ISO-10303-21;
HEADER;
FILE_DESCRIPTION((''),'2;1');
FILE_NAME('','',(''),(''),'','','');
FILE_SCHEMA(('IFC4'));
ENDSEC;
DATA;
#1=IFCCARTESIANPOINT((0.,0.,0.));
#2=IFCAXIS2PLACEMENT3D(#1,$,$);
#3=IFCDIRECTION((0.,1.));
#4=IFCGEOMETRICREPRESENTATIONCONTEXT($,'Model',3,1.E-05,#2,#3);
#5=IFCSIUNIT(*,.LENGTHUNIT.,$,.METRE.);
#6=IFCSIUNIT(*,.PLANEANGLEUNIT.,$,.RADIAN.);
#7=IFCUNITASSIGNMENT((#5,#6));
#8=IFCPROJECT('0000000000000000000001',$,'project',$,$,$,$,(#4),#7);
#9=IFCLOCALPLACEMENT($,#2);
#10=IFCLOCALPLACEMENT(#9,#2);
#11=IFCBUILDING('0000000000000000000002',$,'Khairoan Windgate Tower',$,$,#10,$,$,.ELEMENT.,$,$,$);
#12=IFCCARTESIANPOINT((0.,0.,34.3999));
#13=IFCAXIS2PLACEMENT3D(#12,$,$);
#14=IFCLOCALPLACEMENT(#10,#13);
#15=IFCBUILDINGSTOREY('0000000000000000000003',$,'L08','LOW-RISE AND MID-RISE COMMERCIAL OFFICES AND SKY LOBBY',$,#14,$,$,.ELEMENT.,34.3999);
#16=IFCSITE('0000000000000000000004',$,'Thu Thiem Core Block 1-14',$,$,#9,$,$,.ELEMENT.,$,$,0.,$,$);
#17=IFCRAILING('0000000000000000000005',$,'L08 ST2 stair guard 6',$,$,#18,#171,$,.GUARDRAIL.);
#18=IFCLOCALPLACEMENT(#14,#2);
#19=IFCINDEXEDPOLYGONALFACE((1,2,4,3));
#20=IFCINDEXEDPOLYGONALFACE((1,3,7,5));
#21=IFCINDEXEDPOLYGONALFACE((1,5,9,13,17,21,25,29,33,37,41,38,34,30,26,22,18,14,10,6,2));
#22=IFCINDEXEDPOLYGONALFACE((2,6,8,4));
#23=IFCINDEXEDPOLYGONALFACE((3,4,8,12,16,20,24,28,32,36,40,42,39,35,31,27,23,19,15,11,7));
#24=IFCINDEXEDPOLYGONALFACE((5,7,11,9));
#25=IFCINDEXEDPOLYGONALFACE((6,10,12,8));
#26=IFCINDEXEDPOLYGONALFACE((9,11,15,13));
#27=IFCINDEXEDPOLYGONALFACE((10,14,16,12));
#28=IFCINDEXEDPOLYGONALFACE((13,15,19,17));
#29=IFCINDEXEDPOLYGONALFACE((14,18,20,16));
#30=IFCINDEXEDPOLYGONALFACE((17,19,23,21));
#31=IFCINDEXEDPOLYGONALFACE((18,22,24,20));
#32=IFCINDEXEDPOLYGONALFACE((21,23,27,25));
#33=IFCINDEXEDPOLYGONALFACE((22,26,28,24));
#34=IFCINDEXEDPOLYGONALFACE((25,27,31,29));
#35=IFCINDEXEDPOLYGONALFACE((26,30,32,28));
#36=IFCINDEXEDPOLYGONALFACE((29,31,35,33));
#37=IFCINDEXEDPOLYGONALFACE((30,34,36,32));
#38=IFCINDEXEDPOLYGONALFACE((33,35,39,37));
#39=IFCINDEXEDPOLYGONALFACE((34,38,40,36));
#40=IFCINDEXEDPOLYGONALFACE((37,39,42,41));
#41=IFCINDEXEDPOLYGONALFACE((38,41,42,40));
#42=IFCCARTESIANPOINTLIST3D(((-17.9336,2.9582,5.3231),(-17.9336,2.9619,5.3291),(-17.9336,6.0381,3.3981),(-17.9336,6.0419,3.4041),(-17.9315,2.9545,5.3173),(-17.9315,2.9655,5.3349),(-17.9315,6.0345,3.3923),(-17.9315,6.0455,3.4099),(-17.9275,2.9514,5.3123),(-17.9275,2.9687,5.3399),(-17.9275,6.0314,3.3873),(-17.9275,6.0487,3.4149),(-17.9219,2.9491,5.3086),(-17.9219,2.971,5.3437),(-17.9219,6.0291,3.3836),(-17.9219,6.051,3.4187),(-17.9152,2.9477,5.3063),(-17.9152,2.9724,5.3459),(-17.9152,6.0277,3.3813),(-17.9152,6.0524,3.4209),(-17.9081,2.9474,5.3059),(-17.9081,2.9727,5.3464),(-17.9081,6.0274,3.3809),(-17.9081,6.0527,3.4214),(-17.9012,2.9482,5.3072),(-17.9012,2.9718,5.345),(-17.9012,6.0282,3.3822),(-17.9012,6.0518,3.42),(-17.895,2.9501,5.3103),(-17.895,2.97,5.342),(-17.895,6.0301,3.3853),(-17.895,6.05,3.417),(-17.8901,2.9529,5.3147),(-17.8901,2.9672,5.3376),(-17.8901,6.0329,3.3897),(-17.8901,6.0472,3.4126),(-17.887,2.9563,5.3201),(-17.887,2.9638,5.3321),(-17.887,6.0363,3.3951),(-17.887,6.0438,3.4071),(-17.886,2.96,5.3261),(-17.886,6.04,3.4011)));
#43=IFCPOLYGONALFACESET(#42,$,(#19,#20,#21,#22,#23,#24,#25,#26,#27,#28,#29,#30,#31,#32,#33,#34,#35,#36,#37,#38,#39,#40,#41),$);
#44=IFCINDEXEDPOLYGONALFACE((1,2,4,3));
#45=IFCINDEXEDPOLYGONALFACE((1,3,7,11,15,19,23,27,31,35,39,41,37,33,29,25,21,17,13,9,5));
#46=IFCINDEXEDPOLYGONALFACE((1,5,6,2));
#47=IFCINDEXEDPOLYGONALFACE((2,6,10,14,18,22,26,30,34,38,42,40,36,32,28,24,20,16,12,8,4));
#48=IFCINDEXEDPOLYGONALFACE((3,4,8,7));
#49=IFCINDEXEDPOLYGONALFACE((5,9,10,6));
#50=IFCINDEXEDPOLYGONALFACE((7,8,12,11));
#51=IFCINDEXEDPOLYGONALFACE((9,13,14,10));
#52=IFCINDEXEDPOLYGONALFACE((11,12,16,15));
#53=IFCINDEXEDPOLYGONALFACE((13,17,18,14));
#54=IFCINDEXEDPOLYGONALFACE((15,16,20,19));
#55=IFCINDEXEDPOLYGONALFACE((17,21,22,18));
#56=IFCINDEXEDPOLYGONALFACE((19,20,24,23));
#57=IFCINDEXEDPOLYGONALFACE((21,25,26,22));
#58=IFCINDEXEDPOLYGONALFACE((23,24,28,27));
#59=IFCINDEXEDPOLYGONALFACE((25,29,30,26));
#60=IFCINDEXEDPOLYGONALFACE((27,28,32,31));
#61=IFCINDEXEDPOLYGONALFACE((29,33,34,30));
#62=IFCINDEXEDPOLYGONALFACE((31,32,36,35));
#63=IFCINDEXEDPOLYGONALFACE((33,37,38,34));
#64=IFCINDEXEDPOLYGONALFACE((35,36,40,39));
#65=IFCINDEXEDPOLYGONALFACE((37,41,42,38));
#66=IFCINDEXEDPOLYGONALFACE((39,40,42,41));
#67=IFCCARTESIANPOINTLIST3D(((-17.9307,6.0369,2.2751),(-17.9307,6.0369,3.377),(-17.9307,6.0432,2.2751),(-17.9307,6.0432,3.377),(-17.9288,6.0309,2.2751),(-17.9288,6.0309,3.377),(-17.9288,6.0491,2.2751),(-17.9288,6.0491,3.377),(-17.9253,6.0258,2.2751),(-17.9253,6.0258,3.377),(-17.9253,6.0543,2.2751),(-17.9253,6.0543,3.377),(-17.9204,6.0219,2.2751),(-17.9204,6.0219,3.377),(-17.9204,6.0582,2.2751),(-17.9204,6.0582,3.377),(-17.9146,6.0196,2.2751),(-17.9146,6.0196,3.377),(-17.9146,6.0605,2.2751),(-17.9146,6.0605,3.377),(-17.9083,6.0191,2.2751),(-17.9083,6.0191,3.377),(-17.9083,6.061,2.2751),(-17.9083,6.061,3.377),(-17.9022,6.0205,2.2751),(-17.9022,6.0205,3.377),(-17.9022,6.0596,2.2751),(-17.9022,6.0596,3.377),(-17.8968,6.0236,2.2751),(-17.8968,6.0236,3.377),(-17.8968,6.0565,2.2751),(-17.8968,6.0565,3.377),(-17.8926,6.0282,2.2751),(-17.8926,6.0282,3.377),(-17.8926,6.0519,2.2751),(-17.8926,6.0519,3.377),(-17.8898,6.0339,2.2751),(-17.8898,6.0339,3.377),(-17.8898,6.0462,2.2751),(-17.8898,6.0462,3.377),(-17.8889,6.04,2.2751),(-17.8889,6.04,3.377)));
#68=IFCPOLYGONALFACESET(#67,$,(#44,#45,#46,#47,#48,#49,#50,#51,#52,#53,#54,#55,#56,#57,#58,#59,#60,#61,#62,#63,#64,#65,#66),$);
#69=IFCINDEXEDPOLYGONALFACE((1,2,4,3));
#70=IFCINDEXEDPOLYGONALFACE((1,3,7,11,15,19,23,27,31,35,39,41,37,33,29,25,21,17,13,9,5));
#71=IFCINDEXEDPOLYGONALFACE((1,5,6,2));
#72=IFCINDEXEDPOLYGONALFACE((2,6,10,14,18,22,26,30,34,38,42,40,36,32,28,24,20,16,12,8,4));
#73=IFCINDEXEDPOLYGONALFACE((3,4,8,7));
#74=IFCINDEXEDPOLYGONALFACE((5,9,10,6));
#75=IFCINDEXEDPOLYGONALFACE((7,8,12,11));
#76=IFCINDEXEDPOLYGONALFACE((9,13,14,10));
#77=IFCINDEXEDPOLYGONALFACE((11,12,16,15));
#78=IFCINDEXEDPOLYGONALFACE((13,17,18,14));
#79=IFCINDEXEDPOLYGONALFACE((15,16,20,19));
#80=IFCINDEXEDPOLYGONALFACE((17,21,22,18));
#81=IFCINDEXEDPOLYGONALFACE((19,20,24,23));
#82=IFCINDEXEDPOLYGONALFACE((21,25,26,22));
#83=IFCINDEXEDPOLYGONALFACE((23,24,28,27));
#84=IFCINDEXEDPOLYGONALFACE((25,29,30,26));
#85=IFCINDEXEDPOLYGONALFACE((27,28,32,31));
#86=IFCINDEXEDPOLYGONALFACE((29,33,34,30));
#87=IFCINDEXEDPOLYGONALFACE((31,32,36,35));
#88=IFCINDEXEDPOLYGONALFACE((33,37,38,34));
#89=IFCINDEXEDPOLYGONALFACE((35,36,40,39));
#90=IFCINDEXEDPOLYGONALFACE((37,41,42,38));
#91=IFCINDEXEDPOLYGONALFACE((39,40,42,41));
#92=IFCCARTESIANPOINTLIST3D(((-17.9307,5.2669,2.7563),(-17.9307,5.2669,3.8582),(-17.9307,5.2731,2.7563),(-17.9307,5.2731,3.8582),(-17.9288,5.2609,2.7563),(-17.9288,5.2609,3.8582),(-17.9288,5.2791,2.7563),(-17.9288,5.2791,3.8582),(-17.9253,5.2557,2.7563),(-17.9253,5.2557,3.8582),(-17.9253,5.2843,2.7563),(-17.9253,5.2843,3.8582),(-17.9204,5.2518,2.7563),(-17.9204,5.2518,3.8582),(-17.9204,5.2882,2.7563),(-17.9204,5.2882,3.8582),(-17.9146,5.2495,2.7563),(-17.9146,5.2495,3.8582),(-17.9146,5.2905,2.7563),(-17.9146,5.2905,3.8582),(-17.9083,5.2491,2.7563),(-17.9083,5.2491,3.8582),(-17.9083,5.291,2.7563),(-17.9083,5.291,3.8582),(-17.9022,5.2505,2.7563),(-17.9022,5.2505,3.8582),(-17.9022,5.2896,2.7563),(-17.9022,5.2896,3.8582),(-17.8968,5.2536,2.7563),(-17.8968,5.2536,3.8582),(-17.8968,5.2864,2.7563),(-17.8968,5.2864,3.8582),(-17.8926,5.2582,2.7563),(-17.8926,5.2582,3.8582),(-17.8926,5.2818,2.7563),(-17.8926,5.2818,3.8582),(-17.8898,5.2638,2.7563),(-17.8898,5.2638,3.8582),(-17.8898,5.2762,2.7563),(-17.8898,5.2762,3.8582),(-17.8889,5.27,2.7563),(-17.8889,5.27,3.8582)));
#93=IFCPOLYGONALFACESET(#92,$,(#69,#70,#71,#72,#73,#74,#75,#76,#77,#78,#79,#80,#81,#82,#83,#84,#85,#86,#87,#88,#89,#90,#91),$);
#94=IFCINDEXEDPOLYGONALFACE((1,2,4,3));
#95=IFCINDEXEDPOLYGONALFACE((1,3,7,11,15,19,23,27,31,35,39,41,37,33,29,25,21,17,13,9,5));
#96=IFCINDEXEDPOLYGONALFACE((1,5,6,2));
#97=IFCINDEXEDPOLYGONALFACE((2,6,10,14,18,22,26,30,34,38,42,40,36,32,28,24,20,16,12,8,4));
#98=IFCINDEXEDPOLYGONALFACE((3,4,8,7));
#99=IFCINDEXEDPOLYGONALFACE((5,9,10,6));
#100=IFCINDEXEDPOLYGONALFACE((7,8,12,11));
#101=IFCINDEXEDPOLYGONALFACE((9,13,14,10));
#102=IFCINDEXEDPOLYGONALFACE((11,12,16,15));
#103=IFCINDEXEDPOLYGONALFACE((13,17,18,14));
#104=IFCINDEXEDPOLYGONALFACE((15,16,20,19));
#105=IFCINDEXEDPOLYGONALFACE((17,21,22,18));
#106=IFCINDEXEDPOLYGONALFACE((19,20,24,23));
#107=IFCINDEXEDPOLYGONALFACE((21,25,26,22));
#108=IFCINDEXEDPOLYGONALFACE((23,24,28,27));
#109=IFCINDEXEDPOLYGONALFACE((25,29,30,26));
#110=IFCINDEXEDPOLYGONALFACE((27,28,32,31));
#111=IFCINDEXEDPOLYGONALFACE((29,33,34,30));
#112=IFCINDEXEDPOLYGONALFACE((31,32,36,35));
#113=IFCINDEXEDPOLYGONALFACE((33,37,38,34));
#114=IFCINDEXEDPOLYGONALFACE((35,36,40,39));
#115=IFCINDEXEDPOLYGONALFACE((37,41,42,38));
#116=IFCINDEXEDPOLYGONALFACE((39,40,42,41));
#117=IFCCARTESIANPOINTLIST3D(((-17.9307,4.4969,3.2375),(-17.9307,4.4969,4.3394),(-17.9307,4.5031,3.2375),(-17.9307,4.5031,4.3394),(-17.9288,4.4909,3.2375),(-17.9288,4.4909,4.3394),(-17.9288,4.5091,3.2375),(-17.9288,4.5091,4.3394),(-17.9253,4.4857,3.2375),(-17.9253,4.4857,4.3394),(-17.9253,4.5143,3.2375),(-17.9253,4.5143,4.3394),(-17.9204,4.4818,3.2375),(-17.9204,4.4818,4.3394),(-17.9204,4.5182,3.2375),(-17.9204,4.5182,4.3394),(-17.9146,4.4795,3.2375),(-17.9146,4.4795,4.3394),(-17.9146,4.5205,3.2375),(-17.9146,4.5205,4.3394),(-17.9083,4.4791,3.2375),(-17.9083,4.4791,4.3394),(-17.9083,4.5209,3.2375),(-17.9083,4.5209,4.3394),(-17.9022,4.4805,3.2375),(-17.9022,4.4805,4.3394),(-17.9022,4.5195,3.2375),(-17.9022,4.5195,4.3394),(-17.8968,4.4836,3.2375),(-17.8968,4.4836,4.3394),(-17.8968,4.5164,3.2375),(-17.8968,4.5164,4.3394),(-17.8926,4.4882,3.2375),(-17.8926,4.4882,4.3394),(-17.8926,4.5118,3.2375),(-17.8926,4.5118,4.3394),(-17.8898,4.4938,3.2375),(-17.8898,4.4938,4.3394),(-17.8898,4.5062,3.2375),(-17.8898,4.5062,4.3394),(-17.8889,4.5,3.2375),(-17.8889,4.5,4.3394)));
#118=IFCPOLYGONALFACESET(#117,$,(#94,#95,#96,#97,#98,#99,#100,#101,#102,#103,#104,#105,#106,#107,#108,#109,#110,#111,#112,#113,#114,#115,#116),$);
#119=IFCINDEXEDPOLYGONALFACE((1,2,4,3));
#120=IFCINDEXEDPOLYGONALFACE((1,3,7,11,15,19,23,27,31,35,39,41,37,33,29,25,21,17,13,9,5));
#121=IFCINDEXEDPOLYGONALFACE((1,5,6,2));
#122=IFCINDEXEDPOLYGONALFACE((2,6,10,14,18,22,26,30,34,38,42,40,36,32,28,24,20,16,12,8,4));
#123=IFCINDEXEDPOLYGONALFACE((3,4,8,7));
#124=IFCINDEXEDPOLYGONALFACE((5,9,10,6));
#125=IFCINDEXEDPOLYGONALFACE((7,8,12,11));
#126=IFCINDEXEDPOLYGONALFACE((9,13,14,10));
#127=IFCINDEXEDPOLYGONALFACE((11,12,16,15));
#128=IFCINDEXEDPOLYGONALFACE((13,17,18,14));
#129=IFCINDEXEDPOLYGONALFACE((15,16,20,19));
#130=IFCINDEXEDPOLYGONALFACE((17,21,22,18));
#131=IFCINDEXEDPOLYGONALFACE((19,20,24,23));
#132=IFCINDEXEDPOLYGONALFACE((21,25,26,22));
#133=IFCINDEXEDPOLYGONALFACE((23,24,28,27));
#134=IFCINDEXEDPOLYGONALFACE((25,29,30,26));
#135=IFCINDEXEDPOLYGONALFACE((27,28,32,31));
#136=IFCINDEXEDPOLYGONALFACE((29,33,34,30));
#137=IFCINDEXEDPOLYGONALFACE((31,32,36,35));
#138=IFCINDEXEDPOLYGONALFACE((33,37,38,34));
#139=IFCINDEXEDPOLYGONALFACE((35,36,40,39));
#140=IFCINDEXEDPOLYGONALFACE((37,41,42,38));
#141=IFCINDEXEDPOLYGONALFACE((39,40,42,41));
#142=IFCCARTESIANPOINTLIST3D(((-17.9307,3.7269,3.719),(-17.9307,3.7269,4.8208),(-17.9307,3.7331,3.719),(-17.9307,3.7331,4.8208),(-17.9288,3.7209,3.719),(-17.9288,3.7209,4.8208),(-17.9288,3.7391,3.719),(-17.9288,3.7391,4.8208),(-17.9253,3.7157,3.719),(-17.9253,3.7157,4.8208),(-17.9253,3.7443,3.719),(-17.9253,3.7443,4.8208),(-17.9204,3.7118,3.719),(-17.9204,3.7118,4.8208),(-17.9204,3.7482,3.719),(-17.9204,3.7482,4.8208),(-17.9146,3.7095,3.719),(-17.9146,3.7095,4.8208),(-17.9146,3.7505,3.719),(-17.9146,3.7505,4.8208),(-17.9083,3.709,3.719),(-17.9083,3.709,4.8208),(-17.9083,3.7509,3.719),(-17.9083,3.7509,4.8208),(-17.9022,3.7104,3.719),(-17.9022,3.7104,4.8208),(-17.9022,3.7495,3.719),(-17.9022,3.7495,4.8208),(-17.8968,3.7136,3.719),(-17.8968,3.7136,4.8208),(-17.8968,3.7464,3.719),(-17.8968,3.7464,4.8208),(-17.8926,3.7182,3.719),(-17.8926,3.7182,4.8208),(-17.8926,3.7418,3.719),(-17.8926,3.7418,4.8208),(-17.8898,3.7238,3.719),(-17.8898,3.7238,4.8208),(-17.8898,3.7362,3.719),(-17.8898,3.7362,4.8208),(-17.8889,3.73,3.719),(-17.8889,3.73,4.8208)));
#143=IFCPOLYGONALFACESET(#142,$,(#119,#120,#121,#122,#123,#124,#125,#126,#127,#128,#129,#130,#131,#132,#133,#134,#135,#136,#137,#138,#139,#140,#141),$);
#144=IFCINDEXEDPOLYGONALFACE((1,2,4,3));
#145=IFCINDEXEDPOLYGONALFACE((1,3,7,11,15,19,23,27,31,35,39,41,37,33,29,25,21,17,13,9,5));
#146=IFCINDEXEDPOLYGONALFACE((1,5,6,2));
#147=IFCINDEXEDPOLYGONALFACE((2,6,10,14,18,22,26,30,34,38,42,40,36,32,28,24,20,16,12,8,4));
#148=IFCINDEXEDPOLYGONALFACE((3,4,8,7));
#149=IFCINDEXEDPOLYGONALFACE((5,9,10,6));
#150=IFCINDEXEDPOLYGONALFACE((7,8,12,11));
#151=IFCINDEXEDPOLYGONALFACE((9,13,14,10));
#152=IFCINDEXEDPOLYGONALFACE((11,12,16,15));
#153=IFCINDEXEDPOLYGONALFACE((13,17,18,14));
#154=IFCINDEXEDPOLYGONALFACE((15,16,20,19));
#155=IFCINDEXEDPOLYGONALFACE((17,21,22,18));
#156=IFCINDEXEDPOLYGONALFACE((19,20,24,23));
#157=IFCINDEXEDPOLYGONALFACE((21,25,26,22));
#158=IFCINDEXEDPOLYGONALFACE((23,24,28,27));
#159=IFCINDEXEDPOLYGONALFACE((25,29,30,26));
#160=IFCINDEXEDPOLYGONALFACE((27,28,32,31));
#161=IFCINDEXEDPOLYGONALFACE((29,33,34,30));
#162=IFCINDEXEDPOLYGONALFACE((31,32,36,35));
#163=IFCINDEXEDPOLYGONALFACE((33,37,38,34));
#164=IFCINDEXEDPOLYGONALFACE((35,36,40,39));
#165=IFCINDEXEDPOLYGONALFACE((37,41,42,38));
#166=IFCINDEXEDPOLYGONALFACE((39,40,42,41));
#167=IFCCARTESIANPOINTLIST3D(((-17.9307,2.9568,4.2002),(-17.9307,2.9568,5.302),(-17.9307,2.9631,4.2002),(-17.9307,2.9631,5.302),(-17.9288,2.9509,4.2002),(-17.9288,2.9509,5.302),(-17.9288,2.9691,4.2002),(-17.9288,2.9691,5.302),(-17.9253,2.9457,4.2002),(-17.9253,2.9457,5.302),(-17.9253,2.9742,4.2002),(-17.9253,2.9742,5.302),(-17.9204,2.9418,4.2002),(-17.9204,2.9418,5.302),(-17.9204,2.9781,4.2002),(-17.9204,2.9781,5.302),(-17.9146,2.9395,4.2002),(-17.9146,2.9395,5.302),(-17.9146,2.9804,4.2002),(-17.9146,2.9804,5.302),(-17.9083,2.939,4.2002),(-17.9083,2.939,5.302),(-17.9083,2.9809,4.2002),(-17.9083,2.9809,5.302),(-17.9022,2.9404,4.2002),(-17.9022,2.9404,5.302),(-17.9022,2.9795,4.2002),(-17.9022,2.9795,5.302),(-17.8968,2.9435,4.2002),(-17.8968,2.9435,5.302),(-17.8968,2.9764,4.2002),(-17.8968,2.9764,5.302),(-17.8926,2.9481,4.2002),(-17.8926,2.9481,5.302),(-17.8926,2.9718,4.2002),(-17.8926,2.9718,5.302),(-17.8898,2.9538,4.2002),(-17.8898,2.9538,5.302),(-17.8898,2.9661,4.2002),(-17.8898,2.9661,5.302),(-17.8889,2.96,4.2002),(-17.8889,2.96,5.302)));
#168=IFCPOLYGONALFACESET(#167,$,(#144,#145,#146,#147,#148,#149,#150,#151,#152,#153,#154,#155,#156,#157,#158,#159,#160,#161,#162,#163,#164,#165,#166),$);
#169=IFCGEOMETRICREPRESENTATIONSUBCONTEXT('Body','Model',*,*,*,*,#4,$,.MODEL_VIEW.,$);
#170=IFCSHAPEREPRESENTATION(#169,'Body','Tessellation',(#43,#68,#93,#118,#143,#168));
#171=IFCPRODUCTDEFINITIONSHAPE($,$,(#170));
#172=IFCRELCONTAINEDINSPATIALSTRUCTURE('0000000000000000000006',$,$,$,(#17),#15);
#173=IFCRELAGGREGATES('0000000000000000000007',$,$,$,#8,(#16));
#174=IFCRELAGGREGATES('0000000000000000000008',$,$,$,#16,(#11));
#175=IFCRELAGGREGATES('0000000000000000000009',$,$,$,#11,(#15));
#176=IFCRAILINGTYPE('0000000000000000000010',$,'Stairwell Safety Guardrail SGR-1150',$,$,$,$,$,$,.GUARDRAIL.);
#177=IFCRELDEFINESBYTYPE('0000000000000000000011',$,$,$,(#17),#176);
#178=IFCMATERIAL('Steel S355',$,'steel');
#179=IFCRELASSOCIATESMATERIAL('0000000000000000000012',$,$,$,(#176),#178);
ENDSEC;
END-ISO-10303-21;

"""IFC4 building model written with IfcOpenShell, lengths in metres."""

from ifc_helpers import new_model, si_unit, direction, frame, origin, origin_2d, place, context, subcontext, project, spatial, circle, extrude, material, type_object, element, save


model = new_model("IFC4")

# Units and contexts
model_context = context("Model", 3, precision=1e-05, world=origin(), true_north=direction((0.0, 1.0)))
body_context = subcontext(model_context, "Body", "Model", "MODEL_VIEW")
ifc_project = project(units=[si_unit("LENGTHUNIT", "METRE"), si_unit("PLANEANGLEUNIT", "RADIAN")], contexts=[model_context])

# Site, building, storey
site_placement = place(None, origin())
site = spatial("IfcSite", under=ifc_project, at=site_placement, Name="Thu Thiem Core Block 1-14", CompositionType="ELEMENT", RefElevation=0.0)
building_placement = place(site_placement, origin())
building = spatial("IfcBuilding", under=site, at=building_placement, Name="Khairoan Windgate Tower", CompositionType="ELEMENT")
storey_placement = place(building_placement, frame((0.0, 0.0, 34.3999)))
storey = spatial("IfcBuildingStorey", under=building, at=storey_placement, Name="L08", Description="LOW-RISE AND MID-RISE COMMERCIAL OFFICES AND SKY LOBBY", CompositionType="ELEMENT", Elevation=34.3999)

# Railing
ifc_material_1 = material(Name="Steel S355", Category="steel")
railing_type_1 = type_object("IfcRailingType", Name="Stairwell Safety Guardrail SGR-1150", PredefinedType="GUARDRAIL", material=ifc_material_1)
railing_1_placement = place(storey_placement, frame((-17.9099, 6.04, 2.2751)))
element("IfcRailing", 1, at=railing_1_placement, inside=storey, type_object=railing_type_1, Name="L08 ST2 stair guard 6", PredefinedType="GUARDRAIL", context=body_context, shape_type="SweptSolid", body=[
    extrude(circle(Radius=0.0239, at=origin_2d()), frame((0.0, 0.0, 1.126), z_axis=(0.0, -0.847998, 0.529999), x_axis=(1.0, 0.0, 0.0)), (0.0, 0.0, 1.0), 3.6321),
    extrude(circle(Radius=0.021, at=origin_2d()), origin(), (0.0, 0.0, 1.0), 1.1018),
    extrude(circle(Radius=0.021, at=origin_2d()), frame((0.0, -0.77, 0.4812)), (0.0, 0.0, 1.0), 1.1018),
    extrude(circle(Radius=0.021, at=origin_2d()), frame((0.0, -1.54, 0.9624)), (0.0, 0.0, 1.0), 1.1018),
    extrude(circle(Radius=0.021, at=origin_2d()), frame((0.0, -2.3101, 1.4438)), (0.0, 0.0, 1.0), 1.1018),
    extrude(circle(Radius=0.021, at=origin_2d()), frame((0.0, -3.0801, 1.925)), (0.0, 0.0, 1.0), 1.1018),
])

save(model, "model.ifc")
